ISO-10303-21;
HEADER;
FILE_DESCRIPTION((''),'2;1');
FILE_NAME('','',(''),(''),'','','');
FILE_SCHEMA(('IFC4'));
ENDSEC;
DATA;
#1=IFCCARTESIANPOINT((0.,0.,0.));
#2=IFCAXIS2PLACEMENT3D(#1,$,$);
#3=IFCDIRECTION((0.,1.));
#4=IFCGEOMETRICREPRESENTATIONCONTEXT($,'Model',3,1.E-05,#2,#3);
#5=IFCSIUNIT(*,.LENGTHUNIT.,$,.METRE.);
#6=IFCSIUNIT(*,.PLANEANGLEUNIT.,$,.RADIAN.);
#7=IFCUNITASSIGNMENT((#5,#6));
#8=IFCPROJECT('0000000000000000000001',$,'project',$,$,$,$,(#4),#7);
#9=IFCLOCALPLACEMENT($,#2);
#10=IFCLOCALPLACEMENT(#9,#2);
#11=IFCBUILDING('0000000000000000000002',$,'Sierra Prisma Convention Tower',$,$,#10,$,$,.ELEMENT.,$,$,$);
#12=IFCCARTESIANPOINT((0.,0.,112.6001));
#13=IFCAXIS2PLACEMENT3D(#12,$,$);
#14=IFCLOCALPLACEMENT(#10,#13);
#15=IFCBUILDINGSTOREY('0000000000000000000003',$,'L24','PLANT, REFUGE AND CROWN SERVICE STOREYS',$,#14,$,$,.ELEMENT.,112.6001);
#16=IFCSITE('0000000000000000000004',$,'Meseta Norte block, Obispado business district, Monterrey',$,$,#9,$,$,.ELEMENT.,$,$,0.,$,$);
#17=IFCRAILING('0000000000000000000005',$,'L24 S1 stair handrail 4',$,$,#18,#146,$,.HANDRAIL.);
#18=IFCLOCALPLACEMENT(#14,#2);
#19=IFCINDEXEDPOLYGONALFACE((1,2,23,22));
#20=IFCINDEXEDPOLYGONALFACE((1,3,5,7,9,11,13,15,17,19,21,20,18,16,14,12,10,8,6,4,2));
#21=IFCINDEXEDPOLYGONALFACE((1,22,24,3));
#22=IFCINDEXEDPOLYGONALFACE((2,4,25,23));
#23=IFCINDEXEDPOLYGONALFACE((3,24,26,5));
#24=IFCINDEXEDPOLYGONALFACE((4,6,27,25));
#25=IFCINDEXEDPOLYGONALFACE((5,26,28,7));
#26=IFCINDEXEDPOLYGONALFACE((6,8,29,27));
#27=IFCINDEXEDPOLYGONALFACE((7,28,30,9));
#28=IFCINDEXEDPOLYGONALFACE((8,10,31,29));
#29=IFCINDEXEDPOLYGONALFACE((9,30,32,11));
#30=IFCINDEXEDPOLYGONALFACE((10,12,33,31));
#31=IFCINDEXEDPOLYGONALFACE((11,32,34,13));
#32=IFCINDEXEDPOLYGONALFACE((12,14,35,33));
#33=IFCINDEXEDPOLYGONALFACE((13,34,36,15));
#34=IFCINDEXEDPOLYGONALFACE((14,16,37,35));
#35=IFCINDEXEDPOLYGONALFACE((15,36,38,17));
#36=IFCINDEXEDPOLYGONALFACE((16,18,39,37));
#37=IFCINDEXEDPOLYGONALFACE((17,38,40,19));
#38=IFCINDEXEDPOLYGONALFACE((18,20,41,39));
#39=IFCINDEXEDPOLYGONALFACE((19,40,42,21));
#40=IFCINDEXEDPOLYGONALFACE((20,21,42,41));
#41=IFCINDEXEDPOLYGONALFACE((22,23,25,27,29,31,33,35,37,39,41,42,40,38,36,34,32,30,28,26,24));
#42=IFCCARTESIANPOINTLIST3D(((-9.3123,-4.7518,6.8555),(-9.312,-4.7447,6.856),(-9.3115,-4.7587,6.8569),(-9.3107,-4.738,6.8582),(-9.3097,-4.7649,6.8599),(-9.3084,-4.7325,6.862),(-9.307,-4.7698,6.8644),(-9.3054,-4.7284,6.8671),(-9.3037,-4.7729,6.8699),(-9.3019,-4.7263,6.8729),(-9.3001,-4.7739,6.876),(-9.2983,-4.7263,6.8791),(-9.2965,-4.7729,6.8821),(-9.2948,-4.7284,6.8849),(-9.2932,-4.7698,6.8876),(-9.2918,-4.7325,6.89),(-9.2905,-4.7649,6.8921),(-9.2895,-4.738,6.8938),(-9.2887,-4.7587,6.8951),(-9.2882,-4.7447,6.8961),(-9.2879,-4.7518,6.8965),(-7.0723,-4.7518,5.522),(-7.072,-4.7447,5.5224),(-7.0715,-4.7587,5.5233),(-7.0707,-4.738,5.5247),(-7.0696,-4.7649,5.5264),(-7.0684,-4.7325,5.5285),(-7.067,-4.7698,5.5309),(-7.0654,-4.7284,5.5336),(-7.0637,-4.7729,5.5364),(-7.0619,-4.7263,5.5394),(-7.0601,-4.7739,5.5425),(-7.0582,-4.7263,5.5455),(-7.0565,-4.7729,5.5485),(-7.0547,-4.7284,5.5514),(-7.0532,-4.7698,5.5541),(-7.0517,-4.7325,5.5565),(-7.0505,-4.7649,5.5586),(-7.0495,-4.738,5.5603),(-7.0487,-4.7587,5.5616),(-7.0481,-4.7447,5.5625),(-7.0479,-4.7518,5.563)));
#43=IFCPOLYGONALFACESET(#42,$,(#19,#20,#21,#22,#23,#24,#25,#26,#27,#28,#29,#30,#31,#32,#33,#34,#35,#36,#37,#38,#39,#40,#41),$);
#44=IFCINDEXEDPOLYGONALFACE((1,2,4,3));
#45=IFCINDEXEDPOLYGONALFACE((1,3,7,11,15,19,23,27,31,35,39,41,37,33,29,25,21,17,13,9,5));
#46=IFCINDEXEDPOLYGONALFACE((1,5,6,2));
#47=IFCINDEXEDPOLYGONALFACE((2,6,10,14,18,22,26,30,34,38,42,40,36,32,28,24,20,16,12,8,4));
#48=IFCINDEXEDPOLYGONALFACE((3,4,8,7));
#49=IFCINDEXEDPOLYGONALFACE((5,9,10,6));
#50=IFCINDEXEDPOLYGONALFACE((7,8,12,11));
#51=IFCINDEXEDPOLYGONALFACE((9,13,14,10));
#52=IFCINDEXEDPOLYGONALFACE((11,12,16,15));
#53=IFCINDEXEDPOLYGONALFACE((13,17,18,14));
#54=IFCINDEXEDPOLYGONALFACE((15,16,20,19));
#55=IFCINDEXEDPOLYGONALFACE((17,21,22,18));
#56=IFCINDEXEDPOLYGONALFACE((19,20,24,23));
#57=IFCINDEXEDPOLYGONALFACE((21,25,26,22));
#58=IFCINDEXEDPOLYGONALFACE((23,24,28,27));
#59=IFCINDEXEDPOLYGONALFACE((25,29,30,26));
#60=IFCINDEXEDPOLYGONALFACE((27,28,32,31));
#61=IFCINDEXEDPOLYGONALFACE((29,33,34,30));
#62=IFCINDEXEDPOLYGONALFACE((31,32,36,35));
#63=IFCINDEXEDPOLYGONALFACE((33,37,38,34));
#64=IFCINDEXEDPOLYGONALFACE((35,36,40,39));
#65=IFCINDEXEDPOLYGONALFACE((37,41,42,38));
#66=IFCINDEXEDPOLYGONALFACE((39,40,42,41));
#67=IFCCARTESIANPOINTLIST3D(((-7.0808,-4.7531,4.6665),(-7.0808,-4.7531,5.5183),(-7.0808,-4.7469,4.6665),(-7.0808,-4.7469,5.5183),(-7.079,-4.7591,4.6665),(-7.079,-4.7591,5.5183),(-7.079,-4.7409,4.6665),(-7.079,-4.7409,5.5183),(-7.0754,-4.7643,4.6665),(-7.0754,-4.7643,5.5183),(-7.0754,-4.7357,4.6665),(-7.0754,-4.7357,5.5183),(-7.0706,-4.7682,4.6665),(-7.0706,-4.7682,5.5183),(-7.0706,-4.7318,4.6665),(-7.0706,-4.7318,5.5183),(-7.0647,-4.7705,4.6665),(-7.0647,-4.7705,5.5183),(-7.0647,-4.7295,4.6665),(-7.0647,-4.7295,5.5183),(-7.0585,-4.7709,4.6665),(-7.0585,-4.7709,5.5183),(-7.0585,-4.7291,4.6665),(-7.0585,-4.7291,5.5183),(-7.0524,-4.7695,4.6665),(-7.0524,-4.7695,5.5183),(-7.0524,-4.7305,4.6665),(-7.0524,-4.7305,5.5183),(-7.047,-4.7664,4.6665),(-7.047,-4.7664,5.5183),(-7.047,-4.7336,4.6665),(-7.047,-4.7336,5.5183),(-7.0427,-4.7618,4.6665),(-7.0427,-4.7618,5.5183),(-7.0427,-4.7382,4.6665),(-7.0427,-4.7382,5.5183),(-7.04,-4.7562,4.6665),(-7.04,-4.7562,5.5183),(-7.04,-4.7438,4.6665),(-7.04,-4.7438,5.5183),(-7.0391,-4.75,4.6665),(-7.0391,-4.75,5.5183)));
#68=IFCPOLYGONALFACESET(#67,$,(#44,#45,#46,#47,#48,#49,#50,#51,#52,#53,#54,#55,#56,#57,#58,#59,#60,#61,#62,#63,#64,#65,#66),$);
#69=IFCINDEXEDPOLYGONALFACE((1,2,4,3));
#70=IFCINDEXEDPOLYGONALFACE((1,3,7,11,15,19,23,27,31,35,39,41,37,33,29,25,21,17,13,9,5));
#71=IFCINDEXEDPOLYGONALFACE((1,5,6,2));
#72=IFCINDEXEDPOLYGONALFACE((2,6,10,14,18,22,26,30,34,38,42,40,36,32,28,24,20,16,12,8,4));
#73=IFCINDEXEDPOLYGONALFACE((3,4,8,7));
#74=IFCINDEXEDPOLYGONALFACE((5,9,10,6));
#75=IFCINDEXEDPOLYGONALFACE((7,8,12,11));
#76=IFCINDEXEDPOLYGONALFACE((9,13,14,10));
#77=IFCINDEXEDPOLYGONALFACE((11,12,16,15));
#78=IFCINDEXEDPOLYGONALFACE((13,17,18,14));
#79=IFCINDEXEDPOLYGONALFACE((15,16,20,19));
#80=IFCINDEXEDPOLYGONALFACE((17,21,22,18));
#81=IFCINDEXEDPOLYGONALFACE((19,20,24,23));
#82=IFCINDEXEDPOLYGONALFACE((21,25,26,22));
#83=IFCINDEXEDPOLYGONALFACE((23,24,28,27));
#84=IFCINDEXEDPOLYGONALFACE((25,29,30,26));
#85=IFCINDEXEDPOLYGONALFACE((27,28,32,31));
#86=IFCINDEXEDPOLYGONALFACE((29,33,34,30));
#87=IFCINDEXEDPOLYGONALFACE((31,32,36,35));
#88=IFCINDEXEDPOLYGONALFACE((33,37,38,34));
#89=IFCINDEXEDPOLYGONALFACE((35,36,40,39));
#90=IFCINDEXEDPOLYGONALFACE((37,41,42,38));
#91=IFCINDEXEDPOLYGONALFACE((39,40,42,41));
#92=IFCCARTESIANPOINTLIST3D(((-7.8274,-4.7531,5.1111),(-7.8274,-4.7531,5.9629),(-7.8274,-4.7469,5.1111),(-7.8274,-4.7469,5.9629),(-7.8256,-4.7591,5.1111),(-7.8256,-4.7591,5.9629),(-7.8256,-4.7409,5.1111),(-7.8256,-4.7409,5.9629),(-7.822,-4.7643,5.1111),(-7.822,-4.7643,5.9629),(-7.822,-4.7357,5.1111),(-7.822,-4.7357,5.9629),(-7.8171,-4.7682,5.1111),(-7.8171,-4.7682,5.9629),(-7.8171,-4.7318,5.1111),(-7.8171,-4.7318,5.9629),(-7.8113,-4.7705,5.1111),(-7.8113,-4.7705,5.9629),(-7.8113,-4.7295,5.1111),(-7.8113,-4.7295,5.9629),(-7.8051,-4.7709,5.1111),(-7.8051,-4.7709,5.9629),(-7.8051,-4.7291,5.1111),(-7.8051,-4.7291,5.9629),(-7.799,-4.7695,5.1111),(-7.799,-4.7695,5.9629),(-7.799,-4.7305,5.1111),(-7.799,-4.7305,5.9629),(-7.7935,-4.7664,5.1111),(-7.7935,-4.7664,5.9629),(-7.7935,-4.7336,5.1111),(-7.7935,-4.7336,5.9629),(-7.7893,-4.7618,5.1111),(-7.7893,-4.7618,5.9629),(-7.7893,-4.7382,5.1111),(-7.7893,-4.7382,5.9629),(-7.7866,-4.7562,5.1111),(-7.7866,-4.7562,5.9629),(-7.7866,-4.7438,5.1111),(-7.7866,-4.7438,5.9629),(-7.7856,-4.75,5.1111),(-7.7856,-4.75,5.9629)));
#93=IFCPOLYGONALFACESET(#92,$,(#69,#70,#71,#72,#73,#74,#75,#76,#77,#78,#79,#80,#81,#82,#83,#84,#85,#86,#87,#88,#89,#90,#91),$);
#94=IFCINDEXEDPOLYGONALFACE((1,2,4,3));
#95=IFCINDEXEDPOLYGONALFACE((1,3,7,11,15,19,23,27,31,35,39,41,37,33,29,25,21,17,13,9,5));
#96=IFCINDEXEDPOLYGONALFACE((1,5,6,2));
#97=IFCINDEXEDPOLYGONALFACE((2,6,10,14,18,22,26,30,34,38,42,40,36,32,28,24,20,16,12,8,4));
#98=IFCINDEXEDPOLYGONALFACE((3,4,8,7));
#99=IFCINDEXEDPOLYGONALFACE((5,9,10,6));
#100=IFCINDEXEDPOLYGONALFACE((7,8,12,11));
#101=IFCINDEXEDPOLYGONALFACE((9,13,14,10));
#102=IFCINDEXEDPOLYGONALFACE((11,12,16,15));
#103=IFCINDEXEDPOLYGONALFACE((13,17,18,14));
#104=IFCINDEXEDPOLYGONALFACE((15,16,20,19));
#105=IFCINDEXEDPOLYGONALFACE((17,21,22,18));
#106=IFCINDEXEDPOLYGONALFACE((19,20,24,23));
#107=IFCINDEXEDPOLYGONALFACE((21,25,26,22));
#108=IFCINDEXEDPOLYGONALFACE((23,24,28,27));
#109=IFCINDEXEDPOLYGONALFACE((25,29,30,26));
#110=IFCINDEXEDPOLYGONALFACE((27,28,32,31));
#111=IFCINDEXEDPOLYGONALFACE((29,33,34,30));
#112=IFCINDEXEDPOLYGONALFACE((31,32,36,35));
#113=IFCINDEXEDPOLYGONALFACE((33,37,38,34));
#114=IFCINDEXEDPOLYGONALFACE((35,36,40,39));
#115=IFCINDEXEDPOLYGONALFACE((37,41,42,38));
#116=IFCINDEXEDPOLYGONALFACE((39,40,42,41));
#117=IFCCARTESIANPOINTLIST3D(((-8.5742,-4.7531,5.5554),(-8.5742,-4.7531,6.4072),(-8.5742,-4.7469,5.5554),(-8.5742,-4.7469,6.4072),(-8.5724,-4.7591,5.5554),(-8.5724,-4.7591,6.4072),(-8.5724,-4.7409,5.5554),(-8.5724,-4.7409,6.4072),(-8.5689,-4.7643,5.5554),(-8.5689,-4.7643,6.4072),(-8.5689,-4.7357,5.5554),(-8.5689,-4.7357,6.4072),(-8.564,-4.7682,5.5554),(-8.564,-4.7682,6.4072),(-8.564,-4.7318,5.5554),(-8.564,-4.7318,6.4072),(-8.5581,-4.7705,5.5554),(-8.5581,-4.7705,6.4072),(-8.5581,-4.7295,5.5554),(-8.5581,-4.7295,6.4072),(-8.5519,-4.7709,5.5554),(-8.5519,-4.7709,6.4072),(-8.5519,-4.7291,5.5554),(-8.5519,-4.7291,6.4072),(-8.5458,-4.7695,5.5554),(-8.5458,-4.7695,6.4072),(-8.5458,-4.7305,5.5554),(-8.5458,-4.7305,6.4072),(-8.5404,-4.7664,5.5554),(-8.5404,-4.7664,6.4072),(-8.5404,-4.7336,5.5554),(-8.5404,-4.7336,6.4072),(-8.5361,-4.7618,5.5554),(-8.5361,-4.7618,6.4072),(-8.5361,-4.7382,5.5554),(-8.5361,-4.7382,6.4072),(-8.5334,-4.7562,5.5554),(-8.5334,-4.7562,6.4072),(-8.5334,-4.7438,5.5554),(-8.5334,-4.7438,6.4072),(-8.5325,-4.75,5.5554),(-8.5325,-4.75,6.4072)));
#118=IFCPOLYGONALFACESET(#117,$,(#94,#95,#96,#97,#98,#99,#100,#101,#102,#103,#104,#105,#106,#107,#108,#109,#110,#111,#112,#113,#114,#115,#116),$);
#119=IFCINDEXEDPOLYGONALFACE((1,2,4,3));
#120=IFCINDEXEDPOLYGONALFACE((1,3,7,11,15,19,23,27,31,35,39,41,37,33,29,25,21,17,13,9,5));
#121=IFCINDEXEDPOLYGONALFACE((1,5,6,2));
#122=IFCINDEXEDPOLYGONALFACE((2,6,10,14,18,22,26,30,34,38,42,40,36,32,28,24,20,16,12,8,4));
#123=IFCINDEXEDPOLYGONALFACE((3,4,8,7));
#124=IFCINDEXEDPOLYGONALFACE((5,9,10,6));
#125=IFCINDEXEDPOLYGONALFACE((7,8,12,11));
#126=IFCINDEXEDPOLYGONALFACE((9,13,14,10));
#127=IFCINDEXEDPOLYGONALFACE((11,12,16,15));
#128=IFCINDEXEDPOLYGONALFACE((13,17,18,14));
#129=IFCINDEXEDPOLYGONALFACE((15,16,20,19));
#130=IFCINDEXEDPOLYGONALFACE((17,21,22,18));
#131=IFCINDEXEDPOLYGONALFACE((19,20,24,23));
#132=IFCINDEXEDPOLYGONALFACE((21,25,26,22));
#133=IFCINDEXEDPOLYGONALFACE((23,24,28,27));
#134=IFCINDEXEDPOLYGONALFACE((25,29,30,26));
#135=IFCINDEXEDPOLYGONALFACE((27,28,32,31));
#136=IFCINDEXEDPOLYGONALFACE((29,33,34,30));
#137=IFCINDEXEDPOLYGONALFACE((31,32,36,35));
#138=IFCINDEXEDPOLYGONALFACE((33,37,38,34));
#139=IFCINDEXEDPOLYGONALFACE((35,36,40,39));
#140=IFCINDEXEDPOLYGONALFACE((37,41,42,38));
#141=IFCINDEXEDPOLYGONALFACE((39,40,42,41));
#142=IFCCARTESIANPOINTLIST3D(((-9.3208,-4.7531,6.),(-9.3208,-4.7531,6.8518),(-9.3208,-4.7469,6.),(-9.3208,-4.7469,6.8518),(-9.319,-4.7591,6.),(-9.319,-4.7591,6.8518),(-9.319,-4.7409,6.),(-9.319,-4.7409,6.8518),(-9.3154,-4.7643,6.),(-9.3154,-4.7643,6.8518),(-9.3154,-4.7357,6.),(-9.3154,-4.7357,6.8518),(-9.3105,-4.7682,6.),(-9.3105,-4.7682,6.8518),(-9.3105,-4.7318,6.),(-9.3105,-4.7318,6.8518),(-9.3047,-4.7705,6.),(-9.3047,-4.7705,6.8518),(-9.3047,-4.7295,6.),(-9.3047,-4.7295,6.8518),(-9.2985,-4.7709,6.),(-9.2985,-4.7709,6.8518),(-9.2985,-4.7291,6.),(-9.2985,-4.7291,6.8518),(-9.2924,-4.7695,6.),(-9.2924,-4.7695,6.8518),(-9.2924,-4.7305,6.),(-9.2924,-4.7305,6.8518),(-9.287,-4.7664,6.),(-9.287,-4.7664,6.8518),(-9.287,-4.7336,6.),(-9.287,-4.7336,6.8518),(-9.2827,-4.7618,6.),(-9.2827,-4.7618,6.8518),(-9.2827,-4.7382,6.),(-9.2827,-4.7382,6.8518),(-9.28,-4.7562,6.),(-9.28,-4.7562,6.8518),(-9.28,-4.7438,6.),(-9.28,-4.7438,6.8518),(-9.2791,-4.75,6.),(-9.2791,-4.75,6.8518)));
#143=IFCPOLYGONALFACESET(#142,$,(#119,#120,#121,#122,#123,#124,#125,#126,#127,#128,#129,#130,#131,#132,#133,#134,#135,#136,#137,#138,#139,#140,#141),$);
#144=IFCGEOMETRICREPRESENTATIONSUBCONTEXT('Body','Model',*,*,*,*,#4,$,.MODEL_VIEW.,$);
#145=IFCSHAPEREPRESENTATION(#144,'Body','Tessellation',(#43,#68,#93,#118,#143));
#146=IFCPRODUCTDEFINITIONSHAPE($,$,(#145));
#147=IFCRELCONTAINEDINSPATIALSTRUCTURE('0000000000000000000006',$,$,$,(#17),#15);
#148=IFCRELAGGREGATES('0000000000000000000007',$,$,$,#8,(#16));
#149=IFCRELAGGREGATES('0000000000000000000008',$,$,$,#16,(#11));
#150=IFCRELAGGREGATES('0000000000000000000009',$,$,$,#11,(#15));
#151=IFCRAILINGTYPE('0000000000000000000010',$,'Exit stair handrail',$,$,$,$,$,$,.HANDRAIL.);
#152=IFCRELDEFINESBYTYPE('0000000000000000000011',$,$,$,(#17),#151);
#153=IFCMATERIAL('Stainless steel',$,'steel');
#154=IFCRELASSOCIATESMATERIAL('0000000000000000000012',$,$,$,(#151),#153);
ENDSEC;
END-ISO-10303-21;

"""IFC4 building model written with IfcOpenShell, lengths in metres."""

from ifc_helpers import new_model, si_unit, direction, frame, origin, origin_2d, place, context, subcontext, project, spatial, circle, extrude, material, type_object, element, save


model = new_model("IFC4")

# Units and contexts
model_context = context("Model", 3, precision=1e-05, world=origin(), true_north=direction((0.0, 1.0)))
body_context = subcontext(model_context, "Body", "Model", "MODEL_VIEW")
ifc_project = project(units=[si_unit("LENGTHUNIT", "METRE"), si_unit("PLANEANGLEUNIT", "RADIAN")], contexts=[model_context])

# Site, building, storey
site_placement = place(None, origin())
site = spatial("IfcSite", under=ifc_project, at=site_placement, Name="Meseta Norte block, Obispado business district, Monterrey", CompositionType="ELEMENT", RefElevation=0.0)
building_placement = place(site_placement, origin())
building = spatial("IfcBuilding", under=site, at=building_placement, Name="Sierra Prisma Convention Tower", CompositionType="ELEMENT")
storey_placement = place(building_placement, frame((0.0, 0.0, 112.6001)))
storey = spatial("IfcBuildingStorey", under=building, at=storey_placement, Name="L24", Description="PLANT, REFUGE AND CROWN SERVICE STOREYS", CompositionType="ELEMENT", Elevation=112.6001)

# Railing
ifc_material_1 = material(Name="Stainless steel", Category="steel")
railing_type_1 = type_object("IfcRailingType", Name="Exit stair handrail", PredefinedType="HANDRAIL", material=ifc_material_1)
for number, where, name in (
    (1, (-7.0601, -4.75, 4.6665), "L24 S1 stair handrail 4"),
):
    element("IfcRailing", number, at=place(storey_placement, frame(where)), inside=storey, type_object=railing_type_1, Name=name, PredefinedType="HANDRAIL", context=body_context, shape_type="SweptSolid", body=[
        extrude(circle(Radius=0.0239, at=origin_2d()), frame((0.0, 0.0, 0.876), z_axis=(-0.859264, 0.0, 0.511532), x_axis=(0.0, -1.0, 0.0)), (0.0, 0.0, 1.0), 2.6069),
        extrude(circle(Radius=0.021, at=origin_2d()), origin(), (0.0, 0.0, 1.0), 0.8518),
        extrude(circle(Radius=0.021, at=origin_2d()), frame((-0.7466, 0.0, 0.4446)), (0.0, 0.0, 1.0), 0.8518),
        extrude(circle(Radius=0.021, at=origin_2d()), frame((-1.4934, 0.0, 0.8889)), (0.0, 0.0, 1.0), 0.8518),
        extrude(circle(Radius=0.021, at=origin_2d()), frame((-2.24, 0.0, 1.3335)), (0.0, 0.0, 1.0), 0.8518),
    ])

save(model, "model.ifc")
